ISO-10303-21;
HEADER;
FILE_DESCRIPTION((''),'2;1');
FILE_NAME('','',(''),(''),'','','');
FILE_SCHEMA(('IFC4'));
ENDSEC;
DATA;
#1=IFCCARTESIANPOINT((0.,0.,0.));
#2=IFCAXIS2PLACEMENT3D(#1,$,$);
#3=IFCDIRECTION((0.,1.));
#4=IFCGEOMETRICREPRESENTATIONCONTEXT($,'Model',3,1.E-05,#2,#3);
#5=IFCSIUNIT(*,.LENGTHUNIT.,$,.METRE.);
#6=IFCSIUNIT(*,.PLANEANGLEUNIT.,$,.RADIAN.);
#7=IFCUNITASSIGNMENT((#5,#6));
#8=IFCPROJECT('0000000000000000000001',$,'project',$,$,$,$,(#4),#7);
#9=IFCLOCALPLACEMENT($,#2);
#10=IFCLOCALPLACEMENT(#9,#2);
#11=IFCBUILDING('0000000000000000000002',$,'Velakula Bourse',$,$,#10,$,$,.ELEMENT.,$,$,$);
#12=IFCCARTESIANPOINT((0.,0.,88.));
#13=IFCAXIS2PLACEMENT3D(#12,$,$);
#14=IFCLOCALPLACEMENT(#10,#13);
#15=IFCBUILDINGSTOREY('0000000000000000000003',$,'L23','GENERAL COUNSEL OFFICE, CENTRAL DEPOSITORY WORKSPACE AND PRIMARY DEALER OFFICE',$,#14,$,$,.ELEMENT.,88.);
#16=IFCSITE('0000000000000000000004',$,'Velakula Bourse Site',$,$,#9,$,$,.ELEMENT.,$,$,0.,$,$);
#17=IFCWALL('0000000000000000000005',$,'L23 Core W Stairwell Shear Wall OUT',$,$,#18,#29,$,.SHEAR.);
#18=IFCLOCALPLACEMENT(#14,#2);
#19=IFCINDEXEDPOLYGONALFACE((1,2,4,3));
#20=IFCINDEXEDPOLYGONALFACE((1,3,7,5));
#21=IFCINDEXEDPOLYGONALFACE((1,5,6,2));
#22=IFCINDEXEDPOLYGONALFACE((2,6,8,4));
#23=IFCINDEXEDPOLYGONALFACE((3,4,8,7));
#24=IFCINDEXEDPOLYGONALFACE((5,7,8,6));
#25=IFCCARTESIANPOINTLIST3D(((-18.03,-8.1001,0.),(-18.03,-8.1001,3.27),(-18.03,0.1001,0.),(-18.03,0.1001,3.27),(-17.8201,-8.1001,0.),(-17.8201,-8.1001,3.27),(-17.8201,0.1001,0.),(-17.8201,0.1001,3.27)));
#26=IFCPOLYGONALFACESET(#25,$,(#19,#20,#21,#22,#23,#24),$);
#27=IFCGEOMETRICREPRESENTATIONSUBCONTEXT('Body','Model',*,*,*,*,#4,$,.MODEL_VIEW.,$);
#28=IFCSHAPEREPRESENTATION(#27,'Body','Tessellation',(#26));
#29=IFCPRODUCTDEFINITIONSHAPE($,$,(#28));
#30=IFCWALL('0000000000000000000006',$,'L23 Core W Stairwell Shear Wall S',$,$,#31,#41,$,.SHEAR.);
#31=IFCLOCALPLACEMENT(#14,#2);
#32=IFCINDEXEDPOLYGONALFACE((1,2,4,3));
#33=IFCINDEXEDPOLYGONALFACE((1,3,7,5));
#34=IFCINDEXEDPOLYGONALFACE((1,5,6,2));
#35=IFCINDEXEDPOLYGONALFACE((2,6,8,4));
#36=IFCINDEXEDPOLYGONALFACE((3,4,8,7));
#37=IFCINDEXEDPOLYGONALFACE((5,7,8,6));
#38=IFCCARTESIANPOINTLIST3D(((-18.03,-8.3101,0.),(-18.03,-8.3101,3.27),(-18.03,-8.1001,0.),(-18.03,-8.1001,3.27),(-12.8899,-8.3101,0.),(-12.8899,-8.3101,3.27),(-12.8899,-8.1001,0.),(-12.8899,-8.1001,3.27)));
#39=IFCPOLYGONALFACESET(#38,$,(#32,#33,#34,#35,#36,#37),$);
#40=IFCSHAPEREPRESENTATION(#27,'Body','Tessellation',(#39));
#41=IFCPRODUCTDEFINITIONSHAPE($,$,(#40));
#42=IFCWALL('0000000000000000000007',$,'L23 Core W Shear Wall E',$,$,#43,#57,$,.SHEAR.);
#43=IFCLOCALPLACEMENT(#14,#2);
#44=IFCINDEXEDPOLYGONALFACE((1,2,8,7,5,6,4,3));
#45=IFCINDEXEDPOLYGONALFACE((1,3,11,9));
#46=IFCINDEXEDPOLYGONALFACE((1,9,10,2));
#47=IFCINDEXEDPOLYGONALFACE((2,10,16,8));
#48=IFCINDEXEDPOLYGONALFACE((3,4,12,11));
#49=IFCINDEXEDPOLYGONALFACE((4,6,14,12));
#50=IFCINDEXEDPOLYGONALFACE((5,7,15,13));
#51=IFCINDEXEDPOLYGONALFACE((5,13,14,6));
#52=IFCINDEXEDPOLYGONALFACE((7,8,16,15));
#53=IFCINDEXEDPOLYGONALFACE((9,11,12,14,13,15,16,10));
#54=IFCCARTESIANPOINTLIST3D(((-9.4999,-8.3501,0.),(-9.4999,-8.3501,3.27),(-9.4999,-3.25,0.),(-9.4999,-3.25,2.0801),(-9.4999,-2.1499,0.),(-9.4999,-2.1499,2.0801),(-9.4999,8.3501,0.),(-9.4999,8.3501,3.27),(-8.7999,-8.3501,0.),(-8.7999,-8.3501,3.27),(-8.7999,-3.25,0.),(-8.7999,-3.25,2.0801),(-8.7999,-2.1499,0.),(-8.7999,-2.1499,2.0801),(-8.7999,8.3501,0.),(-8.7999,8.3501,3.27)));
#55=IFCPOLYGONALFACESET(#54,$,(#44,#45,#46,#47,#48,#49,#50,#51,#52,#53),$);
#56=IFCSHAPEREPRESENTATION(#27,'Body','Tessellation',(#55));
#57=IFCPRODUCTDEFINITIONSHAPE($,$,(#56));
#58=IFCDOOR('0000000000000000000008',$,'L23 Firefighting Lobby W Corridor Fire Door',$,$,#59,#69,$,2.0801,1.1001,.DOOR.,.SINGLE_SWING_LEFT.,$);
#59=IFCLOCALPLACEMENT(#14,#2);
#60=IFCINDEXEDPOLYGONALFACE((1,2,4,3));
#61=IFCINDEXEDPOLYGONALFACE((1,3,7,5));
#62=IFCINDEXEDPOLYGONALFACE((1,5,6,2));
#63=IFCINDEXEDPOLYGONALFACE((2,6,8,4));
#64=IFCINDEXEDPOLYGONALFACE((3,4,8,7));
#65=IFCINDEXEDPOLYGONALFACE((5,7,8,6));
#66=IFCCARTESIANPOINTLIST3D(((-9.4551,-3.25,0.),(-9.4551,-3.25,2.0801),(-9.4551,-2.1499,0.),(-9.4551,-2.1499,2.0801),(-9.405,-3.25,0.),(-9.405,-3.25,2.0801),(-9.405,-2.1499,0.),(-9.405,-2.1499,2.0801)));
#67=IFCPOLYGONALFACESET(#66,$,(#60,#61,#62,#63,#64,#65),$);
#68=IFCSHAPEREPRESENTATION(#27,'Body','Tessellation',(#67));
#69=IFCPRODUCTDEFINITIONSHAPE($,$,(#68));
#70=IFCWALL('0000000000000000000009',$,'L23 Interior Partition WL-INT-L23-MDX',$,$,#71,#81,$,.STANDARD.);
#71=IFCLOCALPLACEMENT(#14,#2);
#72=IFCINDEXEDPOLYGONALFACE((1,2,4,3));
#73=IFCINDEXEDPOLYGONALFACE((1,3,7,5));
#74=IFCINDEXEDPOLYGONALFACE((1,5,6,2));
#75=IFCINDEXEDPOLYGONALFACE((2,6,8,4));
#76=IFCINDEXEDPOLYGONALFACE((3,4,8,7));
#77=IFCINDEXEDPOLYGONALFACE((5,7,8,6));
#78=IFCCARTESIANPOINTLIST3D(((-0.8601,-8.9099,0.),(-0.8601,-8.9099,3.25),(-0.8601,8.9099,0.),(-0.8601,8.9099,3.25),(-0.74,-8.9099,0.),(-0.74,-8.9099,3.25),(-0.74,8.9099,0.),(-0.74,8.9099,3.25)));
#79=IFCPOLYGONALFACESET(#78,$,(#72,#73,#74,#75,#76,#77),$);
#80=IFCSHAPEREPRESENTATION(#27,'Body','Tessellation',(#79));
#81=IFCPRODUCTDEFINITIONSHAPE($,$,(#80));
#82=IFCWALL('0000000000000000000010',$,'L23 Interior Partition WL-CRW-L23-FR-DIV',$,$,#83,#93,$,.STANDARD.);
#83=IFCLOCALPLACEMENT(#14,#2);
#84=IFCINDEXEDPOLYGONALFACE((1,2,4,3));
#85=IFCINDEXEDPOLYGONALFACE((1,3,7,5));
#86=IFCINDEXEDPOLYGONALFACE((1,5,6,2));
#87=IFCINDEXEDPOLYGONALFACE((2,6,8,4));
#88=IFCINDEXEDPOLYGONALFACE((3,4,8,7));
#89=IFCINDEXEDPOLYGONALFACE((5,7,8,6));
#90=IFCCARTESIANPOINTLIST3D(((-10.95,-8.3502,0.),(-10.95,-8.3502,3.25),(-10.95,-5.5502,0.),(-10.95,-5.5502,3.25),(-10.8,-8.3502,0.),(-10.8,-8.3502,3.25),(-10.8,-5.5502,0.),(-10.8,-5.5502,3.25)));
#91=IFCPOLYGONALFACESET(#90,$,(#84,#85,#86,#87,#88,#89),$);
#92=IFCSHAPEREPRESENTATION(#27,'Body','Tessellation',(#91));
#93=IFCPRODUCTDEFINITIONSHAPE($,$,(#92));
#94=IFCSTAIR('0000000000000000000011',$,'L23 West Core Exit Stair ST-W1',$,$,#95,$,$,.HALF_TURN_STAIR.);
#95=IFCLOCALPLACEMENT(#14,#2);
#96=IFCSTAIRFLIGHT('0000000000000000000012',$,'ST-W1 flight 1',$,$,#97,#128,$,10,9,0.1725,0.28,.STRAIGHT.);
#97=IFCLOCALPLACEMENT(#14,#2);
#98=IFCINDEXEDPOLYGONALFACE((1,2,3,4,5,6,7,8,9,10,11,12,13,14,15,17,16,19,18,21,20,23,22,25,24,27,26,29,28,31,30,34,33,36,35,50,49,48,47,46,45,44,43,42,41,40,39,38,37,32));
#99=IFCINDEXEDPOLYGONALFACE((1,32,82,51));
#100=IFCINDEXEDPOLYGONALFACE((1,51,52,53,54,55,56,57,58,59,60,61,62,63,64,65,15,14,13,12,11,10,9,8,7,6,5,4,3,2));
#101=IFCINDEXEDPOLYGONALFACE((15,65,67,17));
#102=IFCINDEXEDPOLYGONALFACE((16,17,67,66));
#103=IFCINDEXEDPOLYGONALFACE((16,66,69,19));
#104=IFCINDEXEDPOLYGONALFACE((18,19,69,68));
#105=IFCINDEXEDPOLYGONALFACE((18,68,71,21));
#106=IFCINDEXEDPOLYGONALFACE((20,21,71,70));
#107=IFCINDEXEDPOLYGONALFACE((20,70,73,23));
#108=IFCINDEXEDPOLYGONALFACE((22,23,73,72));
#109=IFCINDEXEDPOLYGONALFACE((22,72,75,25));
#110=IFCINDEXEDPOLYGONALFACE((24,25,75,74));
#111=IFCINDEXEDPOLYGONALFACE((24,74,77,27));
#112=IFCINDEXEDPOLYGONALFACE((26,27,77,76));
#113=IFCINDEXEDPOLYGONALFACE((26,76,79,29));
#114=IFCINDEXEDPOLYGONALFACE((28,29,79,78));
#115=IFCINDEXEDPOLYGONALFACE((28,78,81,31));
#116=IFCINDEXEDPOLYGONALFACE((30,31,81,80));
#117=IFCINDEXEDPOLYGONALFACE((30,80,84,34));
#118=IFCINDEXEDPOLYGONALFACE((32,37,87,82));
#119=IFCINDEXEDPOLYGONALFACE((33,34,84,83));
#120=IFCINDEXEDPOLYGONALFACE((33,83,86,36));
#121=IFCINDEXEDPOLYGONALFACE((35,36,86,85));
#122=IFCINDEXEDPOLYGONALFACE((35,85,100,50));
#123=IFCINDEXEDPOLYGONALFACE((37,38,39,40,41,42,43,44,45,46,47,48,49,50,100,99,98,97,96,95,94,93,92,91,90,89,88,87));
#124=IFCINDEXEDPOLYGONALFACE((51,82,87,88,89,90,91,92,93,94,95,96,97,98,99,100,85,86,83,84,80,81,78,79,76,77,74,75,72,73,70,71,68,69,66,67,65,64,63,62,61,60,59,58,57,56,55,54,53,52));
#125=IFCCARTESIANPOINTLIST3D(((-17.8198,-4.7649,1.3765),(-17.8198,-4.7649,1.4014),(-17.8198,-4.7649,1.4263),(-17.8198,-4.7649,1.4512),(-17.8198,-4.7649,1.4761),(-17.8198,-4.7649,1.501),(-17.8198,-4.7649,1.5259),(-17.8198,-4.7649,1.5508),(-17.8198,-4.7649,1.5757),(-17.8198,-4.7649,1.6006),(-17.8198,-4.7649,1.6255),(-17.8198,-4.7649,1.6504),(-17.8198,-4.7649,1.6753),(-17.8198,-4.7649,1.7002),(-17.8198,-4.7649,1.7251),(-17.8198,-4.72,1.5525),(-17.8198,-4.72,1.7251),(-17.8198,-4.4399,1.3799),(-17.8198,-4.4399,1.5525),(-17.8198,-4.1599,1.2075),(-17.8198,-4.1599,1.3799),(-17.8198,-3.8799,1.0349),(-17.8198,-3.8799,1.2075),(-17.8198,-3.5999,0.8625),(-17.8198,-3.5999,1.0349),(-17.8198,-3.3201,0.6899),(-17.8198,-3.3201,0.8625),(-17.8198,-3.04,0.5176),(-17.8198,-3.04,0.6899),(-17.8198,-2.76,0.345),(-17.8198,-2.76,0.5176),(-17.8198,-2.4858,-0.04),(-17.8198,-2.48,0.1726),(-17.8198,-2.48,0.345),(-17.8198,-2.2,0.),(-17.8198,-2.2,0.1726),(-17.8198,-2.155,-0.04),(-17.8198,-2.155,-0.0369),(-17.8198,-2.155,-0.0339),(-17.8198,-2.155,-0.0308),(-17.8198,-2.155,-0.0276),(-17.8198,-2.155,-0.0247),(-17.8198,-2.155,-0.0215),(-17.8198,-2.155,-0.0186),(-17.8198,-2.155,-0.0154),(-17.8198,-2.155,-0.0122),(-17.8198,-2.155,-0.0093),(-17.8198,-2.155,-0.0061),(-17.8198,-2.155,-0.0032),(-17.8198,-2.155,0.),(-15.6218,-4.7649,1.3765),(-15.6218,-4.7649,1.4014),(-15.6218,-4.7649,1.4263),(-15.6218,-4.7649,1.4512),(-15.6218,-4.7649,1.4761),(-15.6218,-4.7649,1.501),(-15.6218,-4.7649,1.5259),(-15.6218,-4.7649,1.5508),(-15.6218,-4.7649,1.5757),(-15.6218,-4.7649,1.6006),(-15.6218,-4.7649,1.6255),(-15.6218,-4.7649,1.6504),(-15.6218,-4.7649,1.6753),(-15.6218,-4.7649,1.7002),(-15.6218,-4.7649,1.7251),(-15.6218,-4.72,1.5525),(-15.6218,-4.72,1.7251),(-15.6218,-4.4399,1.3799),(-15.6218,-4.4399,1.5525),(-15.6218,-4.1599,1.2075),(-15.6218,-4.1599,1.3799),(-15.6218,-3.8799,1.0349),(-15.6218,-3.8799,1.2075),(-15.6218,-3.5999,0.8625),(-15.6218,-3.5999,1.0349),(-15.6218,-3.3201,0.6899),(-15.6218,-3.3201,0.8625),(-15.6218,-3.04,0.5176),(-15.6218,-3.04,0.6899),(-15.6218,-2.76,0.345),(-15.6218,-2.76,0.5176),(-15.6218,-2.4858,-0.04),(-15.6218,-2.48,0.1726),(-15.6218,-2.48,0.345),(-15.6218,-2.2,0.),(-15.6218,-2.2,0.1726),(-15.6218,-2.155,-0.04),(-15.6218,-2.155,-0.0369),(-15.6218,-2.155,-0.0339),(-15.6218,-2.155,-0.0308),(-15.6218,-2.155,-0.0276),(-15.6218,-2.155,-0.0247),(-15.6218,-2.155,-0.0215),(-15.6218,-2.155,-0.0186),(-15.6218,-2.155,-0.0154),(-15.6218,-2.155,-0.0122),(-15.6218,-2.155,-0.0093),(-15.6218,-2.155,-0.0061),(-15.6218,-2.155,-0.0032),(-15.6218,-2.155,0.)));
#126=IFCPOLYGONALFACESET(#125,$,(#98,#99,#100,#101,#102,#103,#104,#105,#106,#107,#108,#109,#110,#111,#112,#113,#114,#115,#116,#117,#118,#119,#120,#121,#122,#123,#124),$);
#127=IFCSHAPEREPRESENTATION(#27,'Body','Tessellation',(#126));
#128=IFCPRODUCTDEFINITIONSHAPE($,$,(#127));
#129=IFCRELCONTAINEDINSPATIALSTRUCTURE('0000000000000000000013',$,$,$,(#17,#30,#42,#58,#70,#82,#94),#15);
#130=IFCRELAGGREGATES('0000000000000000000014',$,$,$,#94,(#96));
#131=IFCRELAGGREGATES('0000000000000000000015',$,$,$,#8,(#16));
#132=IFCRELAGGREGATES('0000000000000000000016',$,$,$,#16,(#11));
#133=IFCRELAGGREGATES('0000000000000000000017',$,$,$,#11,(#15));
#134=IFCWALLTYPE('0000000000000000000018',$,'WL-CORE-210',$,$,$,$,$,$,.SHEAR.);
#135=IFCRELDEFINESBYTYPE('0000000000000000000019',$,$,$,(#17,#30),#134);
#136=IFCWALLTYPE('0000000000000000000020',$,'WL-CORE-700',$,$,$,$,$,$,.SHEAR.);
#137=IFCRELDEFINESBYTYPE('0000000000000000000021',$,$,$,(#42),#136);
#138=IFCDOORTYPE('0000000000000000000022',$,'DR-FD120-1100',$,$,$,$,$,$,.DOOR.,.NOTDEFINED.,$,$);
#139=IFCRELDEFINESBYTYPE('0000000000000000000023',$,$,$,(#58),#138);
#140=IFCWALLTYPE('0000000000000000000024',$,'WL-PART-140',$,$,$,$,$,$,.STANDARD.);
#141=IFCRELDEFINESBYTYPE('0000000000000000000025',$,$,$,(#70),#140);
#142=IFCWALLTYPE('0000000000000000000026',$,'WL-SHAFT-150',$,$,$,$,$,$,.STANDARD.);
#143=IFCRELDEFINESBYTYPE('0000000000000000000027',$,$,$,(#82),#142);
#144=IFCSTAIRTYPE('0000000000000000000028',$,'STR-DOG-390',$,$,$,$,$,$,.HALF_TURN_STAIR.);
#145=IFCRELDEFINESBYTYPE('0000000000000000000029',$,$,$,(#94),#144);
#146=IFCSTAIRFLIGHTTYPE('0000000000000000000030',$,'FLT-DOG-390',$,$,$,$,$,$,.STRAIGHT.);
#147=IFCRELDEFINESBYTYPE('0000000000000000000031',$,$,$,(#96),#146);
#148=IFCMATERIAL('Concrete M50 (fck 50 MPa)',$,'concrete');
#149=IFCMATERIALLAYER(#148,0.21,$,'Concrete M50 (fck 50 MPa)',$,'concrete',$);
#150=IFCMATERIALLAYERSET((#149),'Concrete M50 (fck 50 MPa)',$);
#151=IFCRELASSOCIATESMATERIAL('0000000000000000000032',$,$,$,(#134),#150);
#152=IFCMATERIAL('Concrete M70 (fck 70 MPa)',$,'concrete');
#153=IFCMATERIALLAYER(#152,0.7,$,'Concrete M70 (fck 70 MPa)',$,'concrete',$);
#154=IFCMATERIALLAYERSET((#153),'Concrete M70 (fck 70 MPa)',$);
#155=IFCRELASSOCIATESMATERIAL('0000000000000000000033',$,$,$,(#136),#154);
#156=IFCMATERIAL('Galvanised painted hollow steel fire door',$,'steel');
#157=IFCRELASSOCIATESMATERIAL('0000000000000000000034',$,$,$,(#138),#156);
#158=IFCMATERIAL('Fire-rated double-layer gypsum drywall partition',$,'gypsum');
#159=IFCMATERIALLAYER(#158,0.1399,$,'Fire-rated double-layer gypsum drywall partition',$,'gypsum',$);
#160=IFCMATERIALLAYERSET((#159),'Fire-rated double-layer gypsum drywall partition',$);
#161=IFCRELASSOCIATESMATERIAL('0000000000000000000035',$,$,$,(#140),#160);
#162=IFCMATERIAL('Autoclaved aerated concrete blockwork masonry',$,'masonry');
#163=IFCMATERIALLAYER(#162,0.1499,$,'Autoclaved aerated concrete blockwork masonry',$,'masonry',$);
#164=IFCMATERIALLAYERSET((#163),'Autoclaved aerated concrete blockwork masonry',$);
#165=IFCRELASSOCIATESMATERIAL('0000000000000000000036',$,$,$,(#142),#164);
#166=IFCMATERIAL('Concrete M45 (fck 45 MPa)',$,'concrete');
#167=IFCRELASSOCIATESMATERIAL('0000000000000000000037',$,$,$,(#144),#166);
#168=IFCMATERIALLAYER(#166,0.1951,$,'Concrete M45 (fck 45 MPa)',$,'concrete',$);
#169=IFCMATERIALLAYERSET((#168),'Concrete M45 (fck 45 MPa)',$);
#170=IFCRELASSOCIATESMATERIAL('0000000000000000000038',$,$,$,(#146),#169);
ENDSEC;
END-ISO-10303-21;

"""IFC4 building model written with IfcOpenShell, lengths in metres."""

from ifc_helpers import new_model, si_unit, direction, frame, frame_2d, origin, place, context, subcontext, project, spatial, polyline, rectangle, outline, extrude, material, layer, layer_set, type_object, element, fill, aggregate, save


model = new_model("IFC4")

# Units and contexts
model_context = context("Model", 3, precision=1e-05, world=origin(), true_north=direction((0.0, 1.0)))
body_context = subcontext(model_context, "Body", "Model", "MODEL_VIEW")
ifc_project = project(units=[si_unit("LENGTHUNIT", "METRE"), si_unit("PLANEANGLEUNIT", "RADIAN")], contexts=[model_context])

# Site, building, storey
site_placement = place(None, origin())
site = spatial("IfcSite", under=ifc_project, at=site_placement, Name="Velakula Bourse Site", CompositionType="ELEMENT", RefElevation=0.0)
building_placement = place(site_placement, origin())
building = spatial("IfcBuilding", under=site, at=building_placement, Name="Velakula Bourse", CompositionType="ELEMENT")
storey_placement = place(building_placement, frame((0.0, 0.0, 88.0)))
storey = spatial("IfcBuildingStorey", under=building, at=storey_placement, Name="L23", Description="GENERAL COUNSEL OFFICE, CENTRAL DEPOSITORY WORKSPACE AND PRIMARY DEALER OFFICE", CompositionType="ELEMENT", Elevation=88.0)

# Shared definitions
ifc_material_1 = material(Name="Concrete M70 (fck 70 MPa)", Category="concrete")

# Shared definitions
ifc_material_2 = material(Name="Concrete M50 (fck 50 MPa)", Category="concrete")
ifc_layer_1 = layer(ifc_material_2, 0.21, Name="Concrete M50 (fck 50 MPa)", Category="concrete")
ifc_layer_set_1 = layer_set([ifc_layer_1], Name="Concrete M50 (fck 50 MPa)")
wall_type_1 = type_object("IfcWallType", Name="WL-CORE-210", PredefinedType="SHEAR", material=ifc_layer_set_1)
ifc_material_3 = material(Name="Galvanised painted hollow steel fire door", Category="steel")

# Walls
wall_1_placement = place(storey_placement, frame((-17.925, -8.1001, 0.0), z_axis=(0.0, 0.0, 1.0), x_axis=(0.0, 1.0, 0.0)))
element("IfcWall", 1, at=wall_1_placement, inside=storey, type_object=wall_type_1, Name="L23 Core W Stairwell Shear Wall OUT", PredefinedType="SHEAR", context=body_context, shape_type="SweptSolid", body=[
    extrude(rectangle(XDim=8.2002, YDim=0.21, at=frame_2d((4.1001, 0.0))), origin(), (0.0, 0.0, 1.0), 3.27),
])
wall_2_placement = place(storey_placement, frame((-18.03, -8.2051, 0.0), z_axis=(0.0, 0.0, 1.0), x_axis=(1.0, 0.0, 0.0)))
element("IfcWall", 2, at=wall_2_placement, inside=storey, type_object=wall_type_1, Name="L23 Core W Stairwell Shear Wall S", PredefinedType="SHEAR", context=body_context, shape_type="SweptSolid", body=[
    extrude(rectangle(XDim=5.1401, YDim=0.21, at=frame_2d((2.5701, 0.0))), origin(), (0.0, 0.0, 1.0), 3.27),
])

# Wall, opening, door
ifc_layer_2 = layer(ifc_material_1, 0.7, Name="Concrete M70 (fck 70 MPa)", Category="concrete")
ifc_layer_set_2 = layer_set([ifc_layer_2], Name="Concrete M70 (fck 70 MPa)")
wall_type_2 = type_object("IfcWallType", Name="WL-CORE-700", PredefinedType="SHEAR", material=ifc_layer_set_2)
wall_3_placement = place(storey_placement, frame((-9.1499, -8.3501, 0.0), z_axis=(0.0, 0.0, 1.0), x_axis=(0.0, 1.0, 0.0)))
wall_3 = element("IfcWall", 3, at=wall_3_placement, inside=storey, type_object=wall_type_2, Name="L23 Core W Shear Wall E", PredefinedType="SHEAR", context=body_context, shape_type="SweptSolid", body=[
    extrude(rectangle(XDim=16.7002, YDim=0.7, at=frame_2d((8.3501, 0.0))), origin(), (0.0, 0.0, 1.0), 3.27),
])
opening_1_placement = place(wall_3_placement, frame((5.1001, 0.0, 0.0)))
opening_1 = element("IfcOpeningElement", 4, at=opening_1_placement, cuts=wall_3, PredefinedType="OPENING", context=body_context, shape_type="SweptSolid", body=[
    extrude(rectangle(XDim=1.1001, YDim=2.0801, at=frame_2d((0.55, 1.04))), frame((0.0, 0.3599, 0.0), z_axis=(0.0, -1.0, 0.0), x_axis=(1.0, 0.0, 0.0)), (0.0, 0.0, 1.0), 0.72),
])
door_type_1 = type_object("IfcDoorType", Name="DR-FD120-1100", OperationType="NOTDEFINED", PredefinedType="DOOR", material=ifc_material_3)
door_1_placement = place(opening_1_placement, origin())
door_1 = element("IfcDoor", 5, at=door_1_placement, inside=storey, type_object=door_type_1, Name="L23 Firefighting Lobby W Corridor Fire Door", OperationType="SINGLE_SWING_LEFT", OverallHeight=2.0801, OverallWidth=1.1001, PredefinedType="DOOR", context=body_context, shape_type="SweptSolid", body=[
    extrude(rectangle(XDim=1.1001, YDim=2.0801, at=frame_2d((0.55, 1.04))), frame((0.0, 0.3052, 0.0), z_axis=(0.0, -1.0, 0.0), x_axis=(1.0, 0.0, 0.0)), (0.0, 0.0, 1.0), 0.05),
])
fill(opening_1, door_1)

# Wall
ifc_material_4 = material(Name="Fire-rated double-layer gypsum drywall partition", Category="gypsum")
ifc_layer_3 = layer(ifc_material_4, 0.1399, Name="Fire-rated double-layer gypsum drywall partition", Category="gypsum")
ifc_layer_set_3 = layer_set([ifc_layer_3], Name="Fire-rated double-layer gypsum drywall partition")
wall_type_3 = type_object("IfcWallType", Name="WL-PART-140", PredefinedType="STANDARD", material=ifc_layer_set_3)
wall_4_placement = place(storey_placement, frame((-0.8, -8.9099, 0.0), z_axis=(0.0, 0.0, 1.0), x_axis=(0.0, 1.0, 0.0)))
element("IfcWall", 6, at=wall_4_placement, inside=storey, type_object=wall_type_3, Name="L23 Interior Partition WL-INT-L23-MDX", PredefinedType="STANDARD", context=body_context, shape_type="SweptSolid", body=[
    extrude(rectangle(XDim=17.8198, YDim=0.1201, at=frame_2d((8.9099, 0.0))), origin(), (0.0, 0.0, 1.0), 3.25),
])

# Shared definitions
ifc_material_5 = material(Name="Autoclaved aerated concrete blockwork masonry", Category="masonry")
ifc_layer_4 = layer(ifc_material_5, 0.1499, Name="Autoclaved aerated concrete blockwork masonry", Category="masonry")
ifc_layer_set_4 = layer_set([ifc_layer_4], Name="Autoclaved aerated concrete blockwork masonry")
wall_type_4 = type_object("IfcWallType", Name="WL-SHAFT-150", PredefinedType="STANDARD", material=ifc_layer_set_4)

# Wall
wall_5_placement = place(storey_placement, frame((-10.875, -8.3501, 0.0), z_axis=(0.0, 0.0, 1.0), x_axis=(0.0, 1.0, 0.0)))
element("IfcWall", 7, at=wall_5_placement, inside=storey, type_object=wall_type_4, Name="L23 Interior Partition WL-CRW-L23-FR-DIV", PredefinedType="STANDARD", context=body_context, shape_type="SweptSolid", body=[
    extrude(rectangle(XDim=2.8, YDim=0.1499, at=frame_2d((1.3999, 0.0))), origin(), (0.0, 0.0, 1.0), 3.25),
])

# Stair, stair flight
ifc_material_6 = material(Name="Concrete M45 (fck 45 MPa)", Category="concrete")
stair_type = type_object("IfcStairType", Name="STR-DOG-390", PredefinedType="HALF_TURN_STAIR", material=ifc_material_6)
stair_placement = place(storey_placement, origin())
stair = element("IfcStair", 8, at=stair_placement, inside=storey, type_object=stair_type, Name="L23 West Core Exit Stair ST-W1", PredefinedType="HALF_TURN_STAIR")
ifc_layer_5 = layer(ifc_material_6, 0.1951, Name="Concrete M45 (fck 45 MPa)", Category="concrete")
ifc_layer_set_5 = layer_set([ifc_layer_5], Name="Concrete M45 (fck 45 MPa)")
stair_flight_type = type_object("IfcStairFlightType", Name="FLT-DOG-390", PredefinedType="STRAIGHT", material=ifc_layer_set_5)
stair_flight_1_placement = place(storey_placement, frame((-16.7209, -2.2, 0.0), z_axis=(0.0, 0.0, 1.0), x_axis=(0.0, -1.0, 0.0)))
stair_flight_1 = element("IfcStairFlight", 9, at=stair_flight_1_placement, type_object=stair_flight_type, Name="ST-W1 flight 1", NumberOfRisers=10, NumberOfTreads=9, PredefinedType="STRAIGHT", RiserHeight=0.1725, TreadLength=0.28, context=body_context, shape_type="SweptSolid", body=[
    extrude(outline(polyline([(-0.0449, -0.04), (-0.0449, -0.0369), (-0.0449, -0.0339), (-0.0449, -0.0308), (-0.0449, -0.0276), (-0.0449, -0.0247), (-0.0449, -0.0215), (-0.0449, -0.0186), (-0.0449, -0.0154), (-0.0449, -0.0122), (-0.0449, -0.0093), (-0.0449, -0.0061), (-0.0449, -0.0032), (-0.0449, 0.0), (0.0, 0.0), (0.0, 0.1726), (0.28, 0.1726), (0.28, 0.345), (0.5601, 0.345), (0.5601, 0.5176), (0.8401, 0.5176), (0.8401, 0.6899), (1.1201, 0.6899), (1.1201, 0.8625), (1.3999, 0.8625), (1.3999, 1.0349), (1.6799, 1.0349), (1.6799, 1.2075), (1.96, 1.2075), (1.96, 1.3799), (2.24, 1.3799), (2.24, 1.5525), (2.52, 1.5525), (2.52, 1.7251), (2.5649, 1.7251), (2.5649, 1.7002), (2.5649, 1.6753), (2.5649, 1.6504), (2.5649, 1.6255), (2.5649, 1.6006), (2.5649, 1.5757), (2.5649, 1.5508), (2.5649, 1.5259), (2.5649, 1.501), (2.5649, 1.4761), (2.5649, 1.4512), (2.5649, 1.4263), (2.5649, 1.4014), (2.5649, 1.3765), (0.2859, -0.04), (-0.0449, -0.04)])), frame((0.0, 1.0991, 0.0), z_axis=(0.0, -1.0, 0.0), x_axis=(1.0, 0.0, 0.0)), (0.0, 0.0, 1.0), 2.198),
])
aggregate(stair, [stair_flight_1])

save(model, "model.ifc")
